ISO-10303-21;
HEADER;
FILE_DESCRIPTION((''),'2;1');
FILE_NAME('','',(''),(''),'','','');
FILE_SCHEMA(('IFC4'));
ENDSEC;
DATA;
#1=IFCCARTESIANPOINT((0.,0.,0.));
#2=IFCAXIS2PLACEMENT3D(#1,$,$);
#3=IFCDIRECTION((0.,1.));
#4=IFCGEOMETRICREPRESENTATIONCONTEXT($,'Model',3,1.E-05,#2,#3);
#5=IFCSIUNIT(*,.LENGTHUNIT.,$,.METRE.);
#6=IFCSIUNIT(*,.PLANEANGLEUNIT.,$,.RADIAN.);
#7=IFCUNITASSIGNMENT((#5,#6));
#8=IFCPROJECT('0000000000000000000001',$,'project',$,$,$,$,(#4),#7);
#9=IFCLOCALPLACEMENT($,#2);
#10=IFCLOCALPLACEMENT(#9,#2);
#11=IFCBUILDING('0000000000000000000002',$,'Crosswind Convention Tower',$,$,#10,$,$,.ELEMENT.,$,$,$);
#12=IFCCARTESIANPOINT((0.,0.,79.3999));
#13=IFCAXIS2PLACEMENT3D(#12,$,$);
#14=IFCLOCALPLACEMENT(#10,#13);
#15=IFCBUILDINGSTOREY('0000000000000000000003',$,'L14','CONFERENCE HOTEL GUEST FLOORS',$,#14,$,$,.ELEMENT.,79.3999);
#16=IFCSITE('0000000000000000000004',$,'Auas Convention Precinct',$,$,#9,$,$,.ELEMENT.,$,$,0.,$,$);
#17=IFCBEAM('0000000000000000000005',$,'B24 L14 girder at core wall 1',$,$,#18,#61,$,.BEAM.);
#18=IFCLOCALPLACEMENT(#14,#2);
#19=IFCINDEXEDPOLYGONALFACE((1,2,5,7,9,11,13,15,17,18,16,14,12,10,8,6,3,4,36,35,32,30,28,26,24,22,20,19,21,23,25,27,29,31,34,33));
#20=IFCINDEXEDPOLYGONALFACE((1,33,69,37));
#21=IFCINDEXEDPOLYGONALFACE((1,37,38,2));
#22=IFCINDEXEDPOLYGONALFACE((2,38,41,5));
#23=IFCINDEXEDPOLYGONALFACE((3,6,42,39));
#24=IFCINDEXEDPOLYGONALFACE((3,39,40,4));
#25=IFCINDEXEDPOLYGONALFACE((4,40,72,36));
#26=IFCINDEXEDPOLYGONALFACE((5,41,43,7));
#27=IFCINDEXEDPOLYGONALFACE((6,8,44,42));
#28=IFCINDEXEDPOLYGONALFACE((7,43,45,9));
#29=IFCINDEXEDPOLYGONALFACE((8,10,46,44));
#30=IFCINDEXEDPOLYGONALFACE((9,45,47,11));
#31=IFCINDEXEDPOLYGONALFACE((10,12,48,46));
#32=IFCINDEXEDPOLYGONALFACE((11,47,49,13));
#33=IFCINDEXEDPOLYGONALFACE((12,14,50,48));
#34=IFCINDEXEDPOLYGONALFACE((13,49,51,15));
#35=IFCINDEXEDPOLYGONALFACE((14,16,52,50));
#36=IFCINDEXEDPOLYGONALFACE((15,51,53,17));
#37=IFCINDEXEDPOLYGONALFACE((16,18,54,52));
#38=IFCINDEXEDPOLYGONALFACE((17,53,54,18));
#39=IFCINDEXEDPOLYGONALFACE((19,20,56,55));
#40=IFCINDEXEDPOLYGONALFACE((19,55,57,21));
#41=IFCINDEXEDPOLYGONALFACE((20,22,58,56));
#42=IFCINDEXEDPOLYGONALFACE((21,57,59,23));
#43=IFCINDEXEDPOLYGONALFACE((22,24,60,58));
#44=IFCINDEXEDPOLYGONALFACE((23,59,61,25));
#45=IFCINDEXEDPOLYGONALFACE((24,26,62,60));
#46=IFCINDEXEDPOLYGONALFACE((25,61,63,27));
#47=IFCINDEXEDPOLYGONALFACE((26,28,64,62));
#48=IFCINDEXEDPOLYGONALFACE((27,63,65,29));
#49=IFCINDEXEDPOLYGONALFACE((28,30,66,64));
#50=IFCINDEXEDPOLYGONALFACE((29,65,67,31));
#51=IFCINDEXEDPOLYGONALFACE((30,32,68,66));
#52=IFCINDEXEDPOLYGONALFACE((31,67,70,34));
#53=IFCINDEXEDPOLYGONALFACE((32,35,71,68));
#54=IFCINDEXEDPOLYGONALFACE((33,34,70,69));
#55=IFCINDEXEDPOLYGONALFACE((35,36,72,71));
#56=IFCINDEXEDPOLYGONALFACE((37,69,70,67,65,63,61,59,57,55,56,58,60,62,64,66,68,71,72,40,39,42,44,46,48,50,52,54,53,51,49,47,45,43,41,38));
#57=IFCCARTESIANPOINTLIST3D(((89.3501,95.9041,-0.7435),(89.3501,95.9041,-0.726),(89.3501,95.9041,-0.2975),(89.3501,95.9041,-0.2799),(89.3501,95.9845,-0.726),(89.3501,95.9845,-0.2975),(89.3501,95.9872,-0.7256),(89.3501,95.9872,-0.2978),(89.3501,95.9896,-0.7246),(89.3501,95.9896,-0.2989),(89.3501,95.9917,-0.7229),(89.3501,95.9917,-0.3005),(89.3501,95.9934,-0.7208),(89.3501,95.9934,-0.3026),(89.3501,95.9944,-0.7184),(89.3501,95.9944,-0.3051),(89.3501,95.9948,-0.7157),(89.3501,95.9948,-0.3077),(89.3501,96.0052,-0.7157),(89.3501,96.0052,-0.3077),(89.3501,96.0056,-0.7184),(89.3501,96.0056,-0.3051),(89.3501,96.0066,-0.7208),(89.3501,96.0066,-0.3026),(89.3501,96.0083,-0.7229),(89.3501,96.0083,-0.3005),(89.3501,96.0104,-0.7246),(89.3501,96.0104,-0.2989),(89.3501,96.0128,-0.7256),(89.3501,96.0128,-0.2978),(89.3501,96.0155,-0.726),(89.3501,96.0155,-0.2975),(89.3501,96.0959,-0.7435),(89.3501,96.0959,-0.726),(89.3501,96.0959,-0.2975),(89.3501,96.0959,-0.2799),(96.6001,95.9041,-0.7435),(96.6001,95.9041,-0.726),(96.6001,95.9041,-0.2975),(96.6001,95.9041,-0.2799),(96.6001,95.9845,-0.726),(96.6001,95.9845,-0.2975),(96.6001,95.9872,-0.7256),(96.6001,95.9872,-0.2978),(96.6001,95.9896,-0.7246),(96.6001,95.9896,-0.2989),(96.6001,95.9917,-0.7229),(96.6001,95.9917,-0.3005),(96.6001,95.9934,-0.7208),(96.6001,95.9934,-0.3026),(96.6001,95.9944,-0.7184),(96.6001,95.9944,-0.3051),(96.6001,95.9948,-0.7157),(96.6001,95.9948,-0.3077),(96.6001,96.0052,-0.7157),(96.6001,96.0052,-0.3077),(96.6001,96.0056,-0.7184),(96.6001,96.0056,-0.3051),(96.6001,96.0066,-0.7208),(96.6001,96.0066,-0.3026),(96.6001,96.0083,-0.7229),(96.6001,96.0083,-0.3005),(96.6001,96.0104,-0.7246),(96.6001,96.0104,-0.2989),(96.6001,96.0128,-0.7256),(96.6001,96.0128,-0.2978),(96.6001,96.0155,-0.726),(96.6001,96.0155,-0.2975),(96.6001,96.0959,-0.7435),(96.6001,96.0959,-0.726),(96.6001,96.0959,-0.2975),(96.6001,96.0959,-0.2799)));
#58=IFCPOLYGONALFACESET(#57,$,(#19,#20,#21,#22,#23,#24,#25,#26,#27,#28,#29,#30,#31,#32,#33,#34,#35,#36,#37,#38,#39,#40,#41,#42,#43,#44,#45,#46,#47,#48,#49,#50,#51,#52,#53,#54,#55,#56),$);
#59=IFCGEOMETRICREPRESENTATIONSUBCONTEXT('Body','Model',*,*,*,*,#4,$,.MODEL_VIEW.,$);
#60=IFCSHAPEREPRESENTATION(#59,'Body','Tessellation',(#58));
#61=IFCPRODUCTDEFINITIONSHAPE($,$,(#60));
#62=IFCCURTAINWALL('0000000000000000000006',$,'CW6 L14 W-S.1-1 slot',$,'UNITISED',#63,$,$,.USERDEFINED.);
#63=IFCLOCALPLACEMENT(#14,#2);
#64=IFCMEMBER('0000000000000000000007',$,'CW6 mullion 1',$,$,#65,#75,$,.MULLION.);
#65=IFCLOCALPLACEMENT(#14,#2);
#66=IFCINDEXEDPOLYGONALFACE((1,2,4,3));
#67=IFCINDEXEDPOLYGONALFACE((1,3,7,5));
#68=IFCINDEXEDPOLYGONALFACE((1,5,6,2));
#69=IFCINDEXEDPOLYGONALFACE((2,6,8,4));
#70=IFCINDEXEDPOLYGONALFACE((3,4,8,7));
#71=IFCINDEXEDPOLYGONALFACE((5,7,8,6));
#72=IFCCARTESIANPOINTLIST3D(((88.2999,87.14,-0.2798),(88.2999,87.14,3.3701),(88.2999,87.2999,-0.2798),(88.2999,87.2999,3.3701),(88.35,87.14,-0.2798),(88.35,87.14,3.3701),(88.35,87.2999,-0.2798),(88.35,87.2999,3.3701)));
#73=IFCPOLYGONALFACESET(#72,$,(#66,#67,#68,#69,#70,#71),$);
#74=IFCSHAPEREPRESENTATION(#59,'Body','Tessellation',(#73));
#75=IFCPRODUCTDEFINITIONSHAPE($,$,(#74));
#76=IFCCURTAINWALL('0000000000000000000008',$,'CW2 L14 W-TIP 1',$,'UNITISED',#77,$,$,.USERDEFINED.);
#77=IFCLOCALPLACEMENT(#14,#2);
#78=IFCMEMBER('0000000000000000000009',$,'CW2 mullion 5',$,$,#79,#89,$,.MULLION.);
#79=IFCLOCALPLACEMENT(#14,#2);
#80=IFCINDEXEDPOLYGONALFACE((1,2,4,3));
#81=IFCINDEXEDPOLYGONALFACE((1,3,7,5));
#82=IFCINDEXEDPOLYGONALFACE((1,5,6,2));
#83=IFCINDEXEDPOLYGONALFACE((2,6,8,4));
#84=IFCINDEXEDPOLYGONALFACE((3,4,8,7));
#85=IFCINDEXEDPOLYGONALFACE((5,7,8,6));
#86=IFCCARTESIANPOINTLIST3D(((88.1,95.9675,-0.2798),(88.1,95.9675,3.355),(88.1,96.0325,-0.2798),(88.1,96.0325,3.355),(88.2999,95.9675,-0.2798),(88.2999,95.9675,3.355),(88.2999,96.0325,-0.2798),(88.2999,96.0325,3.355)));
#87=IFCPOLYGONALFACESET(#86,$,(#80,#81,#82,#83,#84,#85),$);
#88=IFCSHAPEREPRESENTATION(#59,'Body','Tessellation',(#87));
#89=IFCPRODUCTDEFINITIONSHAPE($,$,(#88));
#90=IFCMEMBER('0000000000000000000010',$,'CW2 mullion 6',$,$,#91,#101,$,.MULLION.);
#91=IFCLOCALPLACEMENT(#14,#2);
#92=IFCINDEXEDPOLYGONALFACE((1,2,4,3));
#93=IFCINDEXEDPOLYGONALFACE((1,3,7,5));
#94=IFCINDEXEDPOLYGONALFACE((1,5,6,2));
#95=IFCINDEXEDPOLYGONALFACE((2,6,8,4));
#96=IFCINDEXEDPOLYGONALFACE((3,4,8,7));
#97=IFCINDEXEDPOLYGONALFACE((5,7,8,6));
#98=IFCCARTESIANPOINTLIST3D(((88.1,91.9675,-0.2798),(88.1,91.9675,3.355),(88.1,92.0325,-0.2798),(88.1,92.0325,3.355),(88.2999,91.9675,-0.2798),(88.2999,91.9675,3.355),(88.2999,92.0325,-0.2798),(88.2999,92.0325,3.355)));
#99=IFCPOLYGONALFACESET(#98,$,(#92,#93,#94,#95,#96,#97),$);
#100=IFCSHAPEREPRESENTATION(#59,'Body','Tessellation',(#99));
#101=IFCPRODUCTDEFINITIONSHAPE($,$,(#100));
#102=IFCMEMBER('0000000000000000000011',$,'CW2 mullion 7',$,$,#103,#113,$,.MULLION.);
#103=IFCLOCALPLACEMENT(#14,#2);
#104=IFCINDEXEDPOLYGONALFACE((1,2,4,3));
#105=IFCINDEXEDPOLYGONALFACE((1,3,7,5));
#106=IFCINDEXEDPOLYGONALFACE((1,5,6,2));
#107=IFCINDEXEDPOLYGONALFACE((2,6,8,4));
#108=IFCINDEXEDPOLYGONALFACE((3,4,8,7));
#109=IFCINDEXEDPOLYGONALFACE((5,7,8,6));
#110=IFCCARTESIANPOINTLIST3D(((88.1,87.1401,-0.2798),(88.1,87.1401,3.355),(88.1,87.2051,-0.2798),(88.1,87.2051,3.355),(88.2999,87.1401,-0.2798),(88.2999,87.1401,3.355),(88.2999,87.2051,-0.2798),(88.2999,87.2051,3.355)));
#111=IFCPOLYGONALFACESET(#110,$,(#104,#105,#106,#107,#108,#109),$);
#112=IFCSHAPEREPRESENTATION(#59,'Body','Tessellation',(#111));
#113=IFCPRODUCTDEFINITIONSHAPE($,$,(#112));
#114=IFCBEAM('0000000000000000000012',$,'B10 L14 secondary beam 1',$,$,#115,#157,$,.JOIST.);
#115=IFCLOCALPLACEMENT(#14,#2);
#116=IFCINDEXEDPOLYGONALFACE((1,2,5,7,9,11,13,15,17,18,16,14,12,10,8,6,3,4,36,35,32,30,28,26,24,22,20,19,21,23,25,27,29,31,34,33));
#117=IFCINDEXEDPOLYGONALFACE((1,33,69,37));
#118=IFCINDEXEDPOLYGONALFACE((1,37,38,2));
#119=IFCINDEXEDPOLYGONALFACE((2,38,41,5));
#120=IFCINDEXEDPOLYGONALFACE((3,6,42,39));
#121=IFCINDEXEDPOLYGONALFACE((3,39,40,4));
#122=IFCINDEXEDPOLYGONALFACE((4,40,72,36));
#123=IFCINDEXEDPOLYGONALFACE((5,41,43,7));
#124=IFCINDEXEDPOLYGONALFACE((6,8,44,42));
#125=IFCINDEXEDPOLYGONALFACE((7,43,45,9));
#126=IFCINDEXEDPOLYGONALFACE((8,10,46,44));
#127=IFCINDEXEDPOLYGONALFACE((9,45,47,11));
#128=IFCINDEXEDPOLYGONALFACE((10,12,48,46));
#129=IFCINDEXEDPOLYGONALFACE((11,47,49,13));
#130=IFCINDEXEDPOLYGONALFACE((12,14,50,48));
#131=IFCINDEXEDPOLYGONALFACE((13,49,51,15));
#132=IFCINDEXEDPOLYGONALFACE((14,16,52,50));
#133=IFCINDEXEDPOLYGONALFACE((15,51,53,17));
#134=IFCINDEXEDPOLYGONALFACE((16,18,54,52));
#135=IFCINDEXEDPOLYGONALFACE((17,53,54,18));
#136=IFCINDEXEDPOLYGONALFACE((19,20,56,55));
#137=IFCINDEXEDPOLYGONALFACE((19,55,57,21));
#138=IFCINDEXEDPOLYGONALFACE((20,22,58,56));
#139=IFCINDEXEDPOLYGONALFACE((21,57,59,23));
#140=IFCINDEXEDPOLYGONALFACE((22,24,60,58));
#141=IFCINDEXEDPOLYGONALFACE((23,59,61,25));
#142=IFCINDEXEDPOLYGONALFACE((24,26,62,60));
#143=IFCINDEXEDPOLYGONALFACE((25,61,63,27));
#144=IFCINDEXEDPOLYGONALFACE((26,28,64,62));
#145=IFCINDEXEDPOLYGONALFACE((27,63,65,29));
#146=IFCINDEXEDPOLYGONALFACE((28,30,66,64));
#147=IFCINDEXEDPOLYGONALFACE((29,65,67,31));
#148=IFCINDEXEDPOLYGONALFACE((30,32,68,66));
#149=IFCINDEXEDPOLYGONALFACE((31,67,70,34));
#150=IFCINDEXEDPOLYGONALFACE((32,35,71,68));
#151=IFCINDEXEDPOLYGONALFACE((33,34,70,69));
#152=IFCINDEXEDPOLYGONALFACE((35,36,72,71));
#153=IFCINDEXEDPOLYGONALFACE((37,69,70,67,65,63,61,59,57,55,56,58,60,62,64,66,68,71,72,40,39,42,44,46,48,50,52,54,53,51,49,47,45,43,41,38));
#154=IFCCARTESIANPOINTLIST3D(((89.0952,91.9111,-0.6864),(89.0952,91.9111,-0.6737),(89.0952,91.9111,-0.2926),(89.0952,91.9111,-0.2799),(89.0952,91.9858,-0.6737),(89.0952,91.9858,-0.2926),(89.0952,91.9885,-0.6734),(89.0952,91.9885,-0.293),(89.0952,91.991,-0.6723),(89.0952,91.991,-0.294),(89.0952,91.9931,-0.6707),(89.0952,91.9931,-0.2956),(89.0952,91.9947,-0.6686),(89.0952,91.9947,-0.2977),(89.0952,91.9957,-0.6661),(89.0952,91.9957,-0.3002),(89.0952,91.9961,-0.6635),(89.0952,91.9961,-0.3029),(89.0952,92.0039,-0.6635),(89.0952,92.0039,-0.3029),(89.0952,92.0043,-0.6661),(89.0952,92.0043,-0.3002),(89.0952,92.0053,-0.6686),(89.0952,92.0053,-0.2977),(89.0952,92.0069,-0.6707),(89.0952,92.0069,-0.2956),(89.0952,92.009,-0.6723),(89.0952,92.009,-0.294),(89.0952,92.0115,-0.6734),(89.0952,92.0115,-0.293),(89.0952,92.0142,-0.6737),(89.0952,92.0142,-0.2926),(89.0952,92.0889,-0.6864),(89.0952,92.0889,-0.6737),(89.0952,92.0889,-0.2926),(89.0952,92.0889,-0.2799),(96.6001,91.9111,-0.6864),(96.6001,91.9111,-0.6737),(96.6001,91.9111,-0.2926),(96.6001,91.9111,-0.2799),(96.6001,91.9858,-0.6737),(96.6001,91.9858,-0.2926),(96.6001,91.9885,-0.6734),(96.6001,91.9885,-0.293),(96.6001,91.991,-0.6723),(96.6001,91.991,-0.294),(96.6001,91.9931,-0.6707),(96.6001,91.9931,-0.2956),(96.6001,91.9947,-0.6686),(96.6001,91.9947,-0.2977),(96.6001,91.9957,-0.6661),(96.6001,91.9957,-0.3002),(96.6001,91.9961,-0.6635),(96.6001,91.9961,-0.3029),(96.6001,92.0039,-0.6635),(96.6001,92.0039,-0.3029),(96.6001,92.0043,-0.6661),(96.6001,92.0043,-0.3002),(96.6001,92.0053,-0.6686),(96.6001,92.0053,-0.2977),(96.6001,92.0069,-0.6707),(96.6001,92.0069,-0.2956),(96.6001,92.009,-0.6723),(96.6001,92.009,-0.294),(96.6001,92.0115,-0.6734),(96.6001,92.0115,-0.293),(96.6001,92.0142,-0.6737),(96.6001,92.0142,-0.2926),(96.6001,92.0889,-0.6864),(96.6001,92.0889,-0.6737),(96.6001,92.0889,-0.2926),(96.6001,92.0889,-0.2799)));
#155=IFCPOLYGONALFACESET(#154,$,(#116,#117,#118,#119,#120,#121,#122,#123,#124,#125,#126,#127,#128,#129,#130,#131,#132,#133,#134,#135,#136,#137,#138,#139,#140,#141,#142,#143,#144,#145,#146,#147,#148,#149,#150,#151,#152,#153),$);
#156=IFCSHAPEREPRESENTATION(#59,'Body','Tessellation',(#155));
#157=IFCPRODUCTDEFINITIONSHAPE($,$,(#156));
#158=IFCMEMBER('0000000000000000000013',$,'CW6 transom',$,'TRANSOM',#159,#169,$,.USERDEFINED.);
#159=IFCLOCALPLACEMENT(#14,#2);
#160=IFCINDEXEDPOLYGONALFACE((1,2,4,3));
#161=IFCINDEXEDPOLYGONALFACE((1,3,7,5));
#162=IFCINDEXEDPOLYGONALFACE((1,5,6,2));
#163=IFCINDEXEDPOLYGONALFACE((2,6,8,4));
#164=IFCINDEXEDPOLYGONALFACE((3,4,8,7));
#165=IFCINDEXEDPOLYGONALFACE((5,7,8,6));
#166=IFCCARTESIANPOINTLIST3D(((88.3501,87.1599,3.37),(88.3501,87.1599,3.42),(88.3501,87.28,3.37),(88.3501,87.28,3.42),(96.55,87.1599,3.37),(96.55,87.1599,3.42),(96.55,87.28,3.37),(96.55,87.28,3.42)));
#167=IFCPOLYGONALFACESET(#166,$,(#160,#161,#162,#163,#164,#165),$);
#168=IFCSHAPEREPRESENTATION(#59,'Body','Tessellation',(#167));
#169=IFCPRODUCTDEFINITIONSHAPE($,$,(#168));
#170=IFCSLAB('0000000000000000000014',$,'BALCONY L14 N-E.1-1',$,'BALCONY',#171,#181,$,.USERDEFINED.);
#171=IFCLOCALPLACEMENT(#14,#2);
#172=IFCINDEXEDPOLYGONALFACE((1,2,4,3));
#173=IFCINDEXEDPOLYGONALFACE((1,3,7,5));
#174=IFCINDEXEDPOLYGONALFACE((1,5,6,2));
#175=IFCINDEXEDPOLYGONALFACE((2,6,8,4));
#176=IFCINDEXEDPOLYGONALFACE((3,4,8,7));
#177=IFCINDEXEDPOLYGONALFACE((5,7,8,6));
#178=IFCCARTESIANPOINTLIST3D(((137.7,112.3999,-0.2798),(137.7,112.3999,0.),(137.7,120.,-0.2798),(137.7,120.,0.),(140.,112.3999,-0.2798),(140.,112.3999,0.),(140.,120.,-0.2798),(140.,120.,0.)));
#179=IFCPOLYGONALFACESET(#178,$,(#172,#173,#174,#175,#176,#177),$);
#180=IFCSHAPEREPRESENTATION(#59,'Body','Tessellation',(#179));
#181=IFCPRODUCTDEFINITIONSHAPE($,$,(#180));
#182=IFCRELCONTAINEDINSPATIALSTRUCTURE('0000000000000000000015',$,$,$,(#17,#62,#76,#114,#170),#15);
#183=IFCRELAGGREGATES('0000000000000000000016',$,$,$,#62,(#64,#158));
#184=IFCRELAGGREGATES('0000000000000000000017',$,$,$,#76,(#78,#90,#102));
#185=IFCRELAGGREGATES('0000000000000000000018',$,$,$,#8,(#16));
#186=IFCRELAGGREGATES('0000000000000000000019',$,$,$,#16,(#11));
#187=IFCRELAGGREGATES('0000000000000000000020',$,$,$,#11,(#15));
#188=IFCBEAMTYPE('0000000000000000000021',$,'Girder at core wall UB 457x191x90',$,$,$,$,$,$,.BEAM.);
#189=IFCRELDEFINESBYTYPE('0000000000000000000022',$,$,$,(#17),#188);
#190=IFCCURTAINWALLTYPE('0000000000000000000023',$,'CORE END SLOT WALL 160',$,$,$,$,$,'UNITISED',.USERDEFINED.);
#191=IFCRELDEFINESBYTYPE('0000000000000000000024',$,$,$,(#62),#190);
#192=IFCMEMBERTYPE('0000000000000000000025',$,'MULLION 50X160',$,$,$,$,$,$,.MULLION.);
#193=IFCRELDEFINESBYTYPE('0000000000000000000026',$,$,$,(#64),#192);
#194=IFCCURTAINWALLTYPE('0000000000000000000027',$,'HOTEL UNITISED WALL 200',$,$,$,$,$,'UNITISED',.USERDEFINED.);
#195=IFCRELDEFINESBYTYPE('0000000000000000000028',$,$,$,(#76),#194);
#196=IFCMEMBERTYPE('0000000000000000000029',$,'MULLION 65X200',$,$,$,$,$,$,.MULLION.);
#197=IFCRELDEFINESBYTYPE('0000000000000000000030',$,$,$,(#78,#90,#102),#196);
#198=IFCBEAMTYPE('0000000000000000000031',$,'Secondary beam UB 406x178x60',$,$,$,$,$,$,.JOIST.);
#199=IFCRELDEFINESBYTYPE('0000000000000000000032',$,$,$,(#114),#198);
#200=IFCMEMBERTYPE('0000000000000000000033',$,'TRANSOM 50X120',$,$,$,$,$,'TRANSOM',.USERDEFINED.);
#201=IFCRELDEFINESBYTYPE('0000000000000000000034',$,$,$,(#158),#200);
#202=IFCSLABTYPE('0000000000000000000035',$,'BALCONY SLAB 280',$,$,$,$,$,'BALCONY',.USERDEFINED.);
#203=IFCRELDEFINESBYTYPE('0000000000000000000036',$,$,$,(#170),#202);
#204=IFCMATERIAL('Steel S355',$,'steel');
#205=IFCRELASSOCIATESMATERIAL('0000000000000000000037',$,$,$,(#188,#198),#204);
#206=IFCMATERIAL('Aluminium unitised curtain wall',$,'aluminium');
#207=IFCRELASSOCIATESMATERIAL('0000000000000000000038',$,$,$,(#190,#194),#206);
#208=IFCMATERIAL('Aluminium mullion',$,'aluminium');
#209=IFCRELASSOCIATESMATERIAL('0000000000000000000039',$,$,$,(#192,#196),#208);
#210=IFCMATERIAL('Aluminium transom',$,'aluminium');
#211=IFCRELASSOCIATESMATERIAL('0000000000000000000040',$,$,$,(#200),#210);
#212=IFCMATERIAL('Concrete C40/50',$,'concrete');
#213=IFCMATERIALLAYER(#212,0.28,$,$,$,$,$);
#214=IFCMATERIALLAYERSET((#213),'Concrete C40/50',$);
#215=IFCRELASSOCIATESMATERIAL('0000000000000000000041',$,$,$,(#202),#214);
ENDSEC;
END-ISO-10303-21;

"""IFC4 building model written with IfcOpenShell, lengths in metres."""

from ifc_helpers import new_model, si_unit, direction, frame, origin, origin_2d, place, context, subcontext, project, spatial, polyline, rectangle, i_section, outline, extrude, material, layer, layer_set, material_profile, profile_set, type_object, element, aggregate, save


model = new_model("IFC4")

# Units and contexts
model_context = context("Model", 3, precision=1e-05, world=origin(), true_north=direction((0.0, 1.0)))
body_context = subcontext(model_context, "Body", "Model", "MODEL_VIEW")
ifc_project = project(units=[si_unit("LENGTHUNIT", "METRE"), si_unit("PLANEANGLEUNIT", "RADIAN")], contexts=[model_context])

# Site, building, storey
site_placement = place(None, origin())
site = spatial("IfcSite", under=ifc_project, at=site_placement, Name="Auas Convention Precinct", CompositionType="ELEMENT", RefElevation=0.0)
building_placement = place(site_placement, origin())
building = spatial("IfcBuilding", under=site, at=building_placement, Name="Crosswind Convention Tower", CompositionType="ELEMENT")
storey_placement = place(building_placement, frame((0.0, 0.0, 79.3999)))
storey = spatial("IfcBuildingStorey", under=building, at=storey_placement, Name="L14", Description="CONFERENCE HOTEL GUEST FLOORS", CompositionType="ELEMENT", Elevation=79.3999)

# Beam
ifc_material_1 = material(Name="Steel S355", Category="steel")
ifc_material_profile_1 = material_profile(ifc_material_1, i_section(OverallWidth=0.1919, OverallDepth=0.4636, WebThickness=0.0105, FlangeThickness=0.0176, FilletRadius=0.0103, at=origin_2d()), Name="UB 457x191x90")
ifc_profile_set_1 = profile_set([ifc_material_profile_1], Name="Steel S355")
beam_type_1 = type_object("IfcBeamType", Name="Girder at core wall UB 457x191x90", PredefinedType="BEAM", material=ifc_profile_set_1)
beam_1_placement = place(storey_placement, frame((89.3501, 96.0, -0.5117), z_axis=(1.0, 0.0, 0.0), x_axis=(0.0, 1.0, 0.0)))
element("IfcBeam", 1, at=beam_1_placement, inside=storey, type_object=beam_type_1, Name="B24 L14 girder at core wall 1", PredefinedType="BEAM", context=body_context, shape_type="SweptSolid", body=[
    extrude(i_section(OverallWidth=0.1919, OverallDepth=0.4636, WebThickness=0.0105, FlangeThickness=0.0176, FilletRadius=0.0103, at=origin_2d()), origin(), (0.0, 0.0, 1.0), 7.25),
])

# Curtain wall, member
ifc_material_2 = material(Name="Aluminium unitised curtain wall", Category="aluminium")
curtain_wall_type_1 = type_object("IfcCurtainWallType", Name="CORE END SLOT WALL 160", ElementType="UNITISED", PredefinedType="USERDEFINED", material=ifc_material_2)
curtain_wall_1_placement = place(storey_placement, origin())
curtain_wall_1 = element("IfcCurtainWall", 2, at=curtain_wall_1_placement, inside=storey, type_object=curtain_wall_type_1, Name="CW6 L14 W-S.1-1 slot", ObjectType="UNITISED", PredefinedType="USERDEFINED")
ifc_material_3 = material(Name="Aluminium mullion", Category="aluminium")
ifc_material_profile_2 = material_profile(ifc_material_3, rectangle(XDim=0.1599, YDim=0.05, at=origin_2d()), Name="AL 160X50")
ifc_profile_set_2 = profile_set([ifc_material_profile_2], Name="Aluminium mullion")
member_type_1 = type_object("IfcMemberType", Name="MULLION 50X160", PredefinedType="MULLION", material=ifc_profile_set_2)
member_1_placement = place(storey_placement, frame((88.325, 87.22, -0.2798), z_axis=(0.0, 0.0, 1.0), x_axis=(0.0, -1.0, 0.0)))
member_1 = element("IfcMember", 3, at=member_1_placement, type_object=member_type_1, Name="CW6 mullion 1", PredefinedType="MULLION", context=body_context, shape_type="SweptSolid", body=[
    extrude(rectangle(XDim=0.1599, YDim=0.05, at=origin_2d()), origin(), (0.0, 0.0, 1.0), 3.6499),
])

# Curtain wall, members
curtain_wall_type_2 = type_object("IfcCurtainWallType", Name="HOTEL UNITISED WALL 200", ElementType="UNITISED", PredefinedType="USERDEFINED", material=ifc_material_2)
curtain_wall_2_placement = place(storey_placement, origin())
curtain_wall_2 = element("IfcCurtainWall", 4, at=curtain_wall_2_placement, inside=storey, type_object=curtain_wall_type_2, Name="CW2 L14 W-TIP 1", ObjectType="UNITISED", PredefinedType="USERDEFINED")
ifc_material_profile_3 = material_profile(ifc_material_3, rectangle(XDim=0.2, YDim=0.0649, at=origin_2d()), Name="AL 200X65")
ifc_profile_set_3 = profile_set([ifc_material_profile_3], Name="Aluminium mullion")
member_type_2 = type_object("IfcMemberType", Name="MULLION 65X200", PredefinedType="MULLION", material=ifc_profile_set_3)
member_2_placement = place(storey_placement, frame((88.2, 96.0, -0.2798), z_axis=(0.0, 0.0, 1.0), x_axis=(-1.0, 0.0, 0.0)))
member_2 = element("IfcMember", 5, at=member_2_placement, type_object=member_type_2, Name="CW2 mullion 5", PredefinedType="MULLION", context=body_context, shape_type="SweptSolid", body=[
    extrude(rectangle(XDim=0.2, YDim=0.0649, at=origin_2d()), origin(), (0.0, 0.0, 1.0), 3.6348),
])
member_3_placement = place(storey_placement, frame((88.2, 92.0, -0.2798), z_axis=(0.0, 0.0, 1.0), x_axis=(-1.0, 0.0, 0.0)))
member_3 = element("IfcMember", 6, at=member_3_placement, type_object=member_type_2, Name="CW2 mullion 6", PredefinedType="MULLION", context=body_context, shape_type="SweptSolid", body=[
    extrude(rectangle(XDim=0.2, YDim=0.0649, at=origin_2d()), origin(), (0.0, 0.0, 1.0), 3.6348),
])
member_4_placement = place(storey_placement, frame((88.2, 87.1726, -0.2798), z_axis=(0.0, 0.0, 1.0), x_axis=(-1.0, 0.0, 0.0)))
member_4 = element("IfcMember", 7, at=member_4_placement, type_object=member_type_2, Name="CW2 mullion 7", PredefinedType="MULLION", context=body_context, shape_type="SweptSolid", body=[
    extrude(rectangle(XDim=0.2, YDim=0.0649, at=origin_2d()), origin(), (0.0, 0.0, 1.0), 3.6348),
])

# Beam
ifc_material_profile_4 = material_profile(ifc_material_1, i_section(OverallWidth=0.1777, OverallDepth=0.4065, WebThickness=0.0078, FlangeThickness=0.0127, FilletRadius=0.0103, at=origin_2d()), Name="UB 406x178x60")
ifc_profile_set_4 = profile_set([ifc_material_profile_4], Name="Steel S355")
beam_type_2 = type_object("IfcBeamType", Name="Secondary beam UB 406x178x60", PredefinedType="JOIST", material=ifc_profile_set_4)
beam_2_placement = place(storey_placement, frame((89.0952, 92.0, -0.4832), z_axis=(1.0, 0.0, 0.0), x_axis=(0.0, 1.0, 0.0)))
element("IfcBeam", 8, at=beam_2_placement, inside=storey, type_object=beam_type_2, Name="B10 L14 secondary beam 1", PredefinedType="JOIST", context=body_context, shape_type="SweptSolid", body=[
    extrude(i_section(OverallWidth=0.1777, OverallDepth=0.4065, WebThickness=0.0078, FlangeThickness=0.0127, FilletRadius=0.0103, at=origin_2d()), origin(), (0.0, 0.0, 1.0), 7.5049),
])

# Member
ifc_material_4 = material(Name="Aluminium transom", Category="aluminium")
ifc_material_profile_5 = material_profile(ifc_material_4, rectangle(XDim=0.1201, YDim=0.05, at=origin_2d()), Name="AL 120X50")
ifc_profile_set_5 = profile_set([ifc_material_profile_5], Name="Aluminium transom")
member_type_3 = type_object("IfcMemberType", Name="TRANSOM 50X120", ElementType="TRANSOM", PredefinedType="USERDEFINED", material=ifc_profile_set_5)
member_5_placement = place(storey_placement, frame((88.3501, 87.22, 3.395), z_axis=(1.0, 0.0, 0.0), x_axis=(0.0, 1.0, 0.0)))
member_5 = element("IfcMember", 9, at=member_5_placement, type_object=member_type_3, Name="CW6 transom", ObjectType="TRANSOM", PredefinedType="USERDEFINED", context=body_context, shape_type="SweptSolid", body=[
    extrude(rectangle(XDim=0.1201, YDim=0.05, at=origin_2d()), origin(), (0.0, 0.0, 1.0), 8.2),
])

# Slab
ifc_material_5 = material(Name="Concrete C40/50", Category="concrete")
ifc_layer_1 = layer(ifc_material_5, 0.28)
ifc_layer_set_1 = layer_set([ifc_layer_1], Name="Concrete C40/50")
slab_type_1 = type_object("IfcSlabType", Name="BALCONY SLAB 280", ElementType="BALCONY", PredefinedType="USERDEFINED", material=ifc_layer_set_1)
slab_1_placement = place(storey_placement, frame((0.0, 0.0, -0.2798)))
element("IfcSlab", 10, at=slab_1_placement, inside=storey, type_object=slab_type_1, Name="BALCONY L14 N-E.1-1", ObjectType="BALCONY", PredefinedType="USERDEFINED", context=body_context, shape_type="SweptSolid", body=[
    extrude(outline(polyline([(137.7, 112.3999), (137.7, 120.0), (140.0, 120.0), (140.0, 112.3999), (137.7, 112.3999)])), origin(), (0.0, 0.0, 1.0), 0.2798),
])

aggregate(curtain_wall_1, [member_1, member_5])
aggregate(curtain_wall_2, [member_2, member_3, member_4])

save(model, "model.ifc")
